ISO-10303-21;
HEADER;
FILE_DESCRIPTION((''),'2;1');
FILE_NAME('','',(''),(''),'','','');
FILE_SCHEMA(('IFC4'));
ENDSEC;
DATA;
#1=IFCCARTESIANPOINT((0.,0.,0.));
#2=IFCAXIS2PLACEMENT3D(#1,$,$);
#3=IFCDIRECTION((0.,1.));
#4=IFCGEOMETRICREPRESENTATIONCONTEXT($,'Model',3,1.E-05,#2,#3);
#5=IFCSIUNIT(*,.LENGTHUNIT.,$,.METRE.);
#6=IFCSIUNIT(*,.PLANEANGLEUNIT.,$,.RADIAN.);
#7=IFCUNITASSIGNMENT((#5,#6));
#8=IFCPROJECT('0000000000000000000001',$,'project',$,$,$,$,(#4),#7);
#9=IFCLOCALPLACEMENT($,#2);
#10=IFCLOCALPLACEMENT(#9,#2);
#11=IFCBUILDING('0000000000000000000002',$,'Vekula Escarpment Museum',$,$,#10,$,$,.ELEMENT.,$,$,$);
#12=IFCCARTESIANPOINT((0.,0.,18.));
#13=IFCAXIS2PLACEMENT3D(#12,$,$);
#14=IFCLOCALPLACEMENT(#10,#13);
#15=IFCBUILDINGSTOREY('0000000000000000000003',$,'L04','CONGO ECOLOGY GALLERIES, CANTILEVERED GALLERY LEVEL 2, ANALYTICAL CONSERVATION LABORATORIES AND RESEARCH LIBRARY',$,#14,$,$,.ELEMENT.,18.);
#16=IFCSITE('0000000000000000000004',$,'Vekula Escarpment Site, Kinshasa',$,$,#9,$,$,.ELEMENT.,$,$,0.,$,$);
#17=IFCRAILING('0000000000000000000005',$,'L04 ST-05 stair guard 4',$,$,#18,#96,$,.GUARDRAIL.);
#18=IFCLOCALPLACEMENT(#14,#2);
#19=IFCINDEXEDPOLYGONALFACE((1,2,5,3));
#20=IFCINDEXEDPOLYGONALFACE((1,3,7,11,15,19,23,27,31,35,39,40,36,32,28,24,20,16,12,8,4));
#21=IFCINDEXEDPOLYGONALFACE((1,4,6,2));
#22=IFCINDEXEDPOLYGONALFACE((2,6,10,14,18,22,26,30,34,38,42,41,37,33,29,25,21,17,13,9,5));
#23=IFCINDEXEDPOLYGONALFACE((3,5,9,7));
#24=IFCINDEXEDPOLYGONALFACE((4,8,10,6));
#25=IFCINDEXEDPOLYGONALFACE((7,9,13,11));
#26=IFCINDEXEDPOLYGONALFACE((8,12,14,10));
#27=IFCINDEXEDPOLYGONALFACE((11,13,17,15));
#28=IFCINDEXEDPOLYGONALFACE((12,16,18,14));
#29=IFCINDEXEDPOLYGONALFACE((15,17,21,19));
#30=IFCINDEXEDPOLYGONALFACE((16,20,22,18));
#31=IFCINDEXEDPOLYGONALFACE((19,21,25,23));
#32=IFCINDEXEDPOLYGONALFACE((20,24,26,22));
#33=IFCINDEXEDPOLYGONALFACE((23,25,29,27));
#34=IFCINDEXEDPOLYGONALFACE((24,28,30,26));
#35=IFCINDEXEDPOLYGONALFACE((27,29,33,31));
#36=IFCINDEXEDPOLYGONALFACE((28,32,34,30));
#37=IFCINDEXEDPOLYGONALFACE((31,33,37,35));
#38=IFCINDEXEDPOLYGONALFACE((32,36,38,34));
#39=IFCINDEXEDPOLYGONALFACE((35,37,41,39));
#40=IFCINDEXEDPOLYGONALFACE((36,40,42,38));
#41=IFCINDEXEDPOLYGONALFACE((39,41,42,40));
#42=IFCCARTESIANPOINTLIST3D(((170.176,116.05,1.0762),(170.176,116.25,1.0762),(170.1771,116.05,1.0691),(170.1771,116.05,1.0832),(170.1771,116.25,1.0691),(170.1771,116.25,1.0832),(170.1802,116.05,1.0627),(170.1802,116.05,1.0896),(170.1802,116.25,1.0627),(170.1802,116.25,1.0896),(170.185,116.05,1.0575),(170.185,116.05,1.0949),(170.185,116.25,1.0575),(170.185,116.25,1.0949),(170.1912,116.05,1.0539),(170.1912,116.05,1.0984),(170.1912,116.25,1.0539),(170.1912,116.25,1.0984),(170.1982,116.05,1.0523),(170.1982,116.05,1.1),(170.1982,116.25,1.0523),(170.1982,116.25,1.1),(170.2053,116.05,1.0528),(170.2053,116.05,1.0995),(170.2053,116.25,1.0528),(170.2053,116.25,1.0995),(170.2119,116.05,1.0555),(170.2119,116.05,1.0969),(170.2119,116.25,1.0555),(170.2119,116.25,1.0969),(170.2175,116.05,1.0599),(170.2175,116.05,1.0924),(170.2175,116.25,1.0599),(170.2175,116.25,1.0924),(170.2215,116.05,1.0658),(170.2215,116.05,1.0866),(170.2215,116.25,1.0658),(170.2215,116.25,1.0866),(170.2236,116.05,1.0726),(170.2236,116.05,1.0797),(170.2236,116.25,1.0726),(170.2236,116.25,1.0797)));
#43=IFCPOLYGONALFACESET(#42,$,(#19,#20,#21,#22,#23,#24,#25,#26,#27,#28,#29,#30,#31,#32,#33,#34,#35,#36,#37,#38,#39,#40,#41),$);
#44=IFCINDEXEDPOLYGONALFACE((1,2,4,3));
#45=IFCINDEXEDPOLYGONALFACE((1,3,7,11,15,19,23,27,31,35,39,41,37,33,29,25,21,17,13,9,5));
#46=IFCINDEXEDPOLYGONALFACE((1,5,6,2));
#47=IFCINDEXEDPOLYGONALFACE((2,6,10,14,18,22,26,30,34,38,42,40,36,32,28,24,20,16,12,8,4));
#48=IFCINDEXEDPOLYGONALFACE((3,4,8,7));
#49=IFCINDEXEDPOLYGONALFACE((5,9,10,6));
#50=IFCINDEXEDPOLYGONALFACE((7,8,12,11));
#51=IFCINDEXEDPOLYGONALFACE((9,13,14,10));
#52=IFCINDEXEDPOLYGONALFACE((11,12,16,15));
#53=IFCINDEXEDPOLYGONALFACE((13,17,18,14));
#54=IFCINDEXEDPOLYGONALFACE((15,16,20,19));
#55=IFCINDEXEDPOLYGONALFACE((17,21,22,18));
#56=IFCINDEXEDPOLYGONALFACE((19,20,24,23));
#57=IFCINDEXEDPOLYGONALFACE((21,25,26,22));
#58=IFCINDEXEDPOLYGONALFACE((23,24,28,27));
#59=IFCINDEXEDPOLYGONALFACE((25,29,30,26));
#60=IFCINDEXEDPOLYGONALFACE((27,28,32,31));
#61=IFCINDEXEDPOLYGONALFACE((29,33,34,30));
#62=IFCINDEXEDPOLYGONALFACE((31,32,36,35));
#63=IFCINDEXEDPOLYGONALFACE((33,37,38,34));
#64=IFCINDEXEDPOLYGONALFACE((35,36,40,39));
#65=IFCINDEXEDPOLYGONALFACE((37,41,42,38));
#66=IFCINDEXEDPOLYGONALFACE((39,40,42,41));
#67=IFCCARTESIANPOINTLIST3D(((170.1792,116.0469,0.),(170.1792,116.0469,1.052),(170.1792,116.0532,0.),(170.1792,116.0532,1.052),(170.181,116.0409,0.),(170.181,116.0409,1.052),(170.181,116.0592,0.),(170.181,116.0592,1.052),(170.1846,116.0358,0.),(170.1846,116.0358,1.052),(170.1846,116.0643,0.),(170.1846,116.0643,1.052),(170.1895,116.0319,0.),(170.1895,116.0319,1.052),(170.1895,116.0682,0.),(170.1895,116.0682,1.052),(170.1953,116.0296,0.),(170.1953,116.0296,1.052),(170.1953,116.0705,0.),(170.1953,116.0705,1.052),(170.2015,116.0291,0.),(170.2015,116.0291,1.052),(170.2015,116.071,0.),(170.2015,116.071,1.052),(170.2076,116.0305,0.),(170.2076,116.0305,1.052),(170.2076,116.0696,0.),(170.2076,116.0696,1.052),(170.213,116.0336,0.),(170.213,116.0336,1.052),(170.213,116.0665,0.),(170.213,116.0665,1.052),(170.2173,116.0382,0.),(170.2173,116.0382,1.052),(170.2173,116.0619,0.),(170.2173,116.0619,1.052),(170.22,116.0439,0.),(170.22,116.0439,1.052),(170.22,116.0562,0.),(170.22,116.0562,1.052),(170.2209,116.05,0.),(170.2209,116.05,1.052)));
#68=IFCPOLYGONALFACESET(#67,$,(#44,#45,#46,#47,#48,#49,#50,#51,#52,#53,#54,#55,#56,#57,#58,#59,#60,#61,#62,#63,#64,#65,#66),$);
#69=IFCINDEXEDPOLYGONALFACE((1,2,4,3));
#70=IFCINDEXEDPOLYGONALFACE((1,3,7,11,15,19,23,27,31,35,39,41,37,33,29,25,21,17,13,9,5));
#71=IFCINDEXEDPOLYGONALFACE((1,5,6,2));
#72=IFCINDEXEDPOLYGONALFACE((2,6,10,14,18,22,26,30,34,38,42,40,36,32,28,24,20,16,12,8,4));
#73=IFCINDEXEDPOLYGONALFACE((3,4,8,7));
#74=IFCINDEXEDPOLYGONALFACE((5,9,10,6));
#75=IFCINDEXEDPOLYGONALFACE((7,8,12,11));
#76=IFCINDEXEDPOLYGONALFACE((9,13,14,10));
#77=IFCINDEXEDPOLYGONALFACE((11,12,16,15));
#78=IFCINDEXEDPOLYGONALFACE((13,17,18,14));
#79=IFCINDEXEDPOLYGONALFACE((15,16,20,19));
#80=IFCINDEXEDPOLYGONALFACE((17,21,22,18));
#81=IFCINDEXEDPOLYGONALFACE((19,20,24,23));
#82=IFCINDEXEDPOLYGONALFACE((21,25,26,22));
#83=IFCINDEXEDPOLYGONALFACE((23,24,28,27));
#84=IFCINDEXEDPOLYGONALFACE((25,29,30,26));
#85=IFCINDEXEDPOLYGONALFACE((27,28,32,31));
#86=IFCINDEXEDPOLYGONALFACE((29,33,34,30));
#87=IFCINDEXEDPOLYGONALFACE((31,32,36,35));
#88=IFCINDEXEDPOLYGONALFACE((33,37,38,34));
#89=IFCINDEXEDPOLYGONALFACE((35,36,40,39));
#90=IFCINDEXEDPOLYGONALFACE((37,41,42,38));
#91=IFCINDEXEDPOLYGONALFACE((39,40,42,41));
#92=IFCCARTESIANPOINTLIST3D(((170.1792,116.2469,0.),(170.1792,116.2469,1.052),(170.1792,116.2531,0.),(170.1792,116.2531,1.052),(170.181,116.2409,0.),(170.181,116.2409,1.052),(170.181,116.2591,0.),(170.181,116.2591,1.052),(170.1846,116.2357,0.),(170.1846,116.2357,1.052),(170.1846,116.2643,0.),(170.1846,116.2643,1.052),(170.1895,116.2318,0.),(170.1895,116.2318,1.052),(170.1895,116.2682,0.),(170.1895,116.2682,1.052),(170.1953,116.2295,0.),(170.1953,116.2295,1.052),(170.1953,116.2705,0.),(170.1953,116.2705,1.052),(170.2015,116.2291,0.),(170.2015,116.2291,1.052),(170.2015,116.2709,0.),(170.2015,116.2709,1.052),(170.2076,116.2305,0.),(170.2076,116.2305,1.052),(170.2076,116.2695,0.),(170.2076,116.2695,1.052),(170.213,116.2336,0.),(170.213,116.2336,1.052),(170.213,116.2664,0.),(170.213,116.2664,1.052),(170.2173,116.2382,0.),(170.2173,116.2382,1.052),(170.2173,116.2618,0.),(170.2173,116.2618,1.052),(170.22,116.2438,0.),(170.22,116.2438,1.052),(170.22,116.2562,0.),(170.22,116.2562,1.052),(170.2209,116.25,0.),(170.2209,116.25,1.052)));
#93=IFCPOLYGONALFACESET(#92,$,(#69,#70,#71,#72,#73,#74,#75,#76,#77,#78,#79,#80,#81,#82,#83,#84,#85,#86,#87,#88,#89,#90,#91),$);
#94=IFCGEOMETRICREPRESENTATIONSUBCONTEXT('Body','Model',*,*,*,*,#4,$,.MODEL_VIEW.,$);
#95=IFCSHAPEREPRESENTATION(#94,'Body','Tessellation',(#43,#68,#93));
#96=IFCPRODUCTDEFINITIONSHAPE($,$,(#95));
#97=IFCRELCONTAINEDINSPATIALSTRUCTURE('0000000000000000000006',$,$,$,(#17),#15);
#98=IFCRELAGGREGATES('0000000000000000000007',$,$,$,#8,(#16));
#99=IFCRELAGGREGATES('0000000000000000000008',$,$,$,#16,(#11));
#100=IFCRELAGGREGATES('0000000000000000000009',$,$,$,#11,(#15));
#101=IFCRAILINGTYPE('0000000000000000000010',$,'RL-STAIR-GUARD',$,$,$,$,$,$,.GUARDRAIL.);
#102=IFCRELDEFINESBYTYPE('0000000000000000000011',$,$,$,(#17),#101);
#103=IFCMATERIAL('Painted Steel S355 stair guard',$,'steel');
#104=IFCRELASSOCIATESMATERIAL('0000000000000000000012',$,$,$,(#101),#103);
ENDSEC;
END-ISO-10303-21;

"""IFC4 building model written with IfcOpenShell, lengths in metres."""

from ifc_helpers import new_model, si_unit, direction, frame, origin, origin_2d, place, context, subcontext, project, spatial, circle, extrude, material, type_object, element, save


model = new_model("IFC4")

# Units and contexts
model_context = context("Model", 3, precision=1e-05, world=origin(), true_north=direction((0.0, 1.0)))
body_context = subcontext(model_context, "Body", "Model", "MODEL_VIEW")
ifc_project = project(units=[si_unit("LENGTHUNIT", "METRE"), si_unit("PLANEANGLEUNIT", "RADIAN")], contexts=[model_context])

# Site, building, storey
site_placement = place(None, origin())
site = spatial("IfcSite", under=ifc_project, at=site_placement, Name="Vekula Escarpment Site, Kinshasa", CompositionType="ELEMENT", RefElevation=0.0)
building_placement = place(site_placement, origin())
building = spatial("IfcBuilding", under=site, at=building_placement, Name="Vekula Escarpment Museum", CompositionType="ELEMENT")
storey_placement = place(building_placement, frame((0.0, 0.0, 18.0)))
storey = spatial("IfcBuildingStorey", under=building, at=storey_placement, Name="L04", Description="CONGO ECOLOGY GALLERIES, CANTILEVERED GALLERY LEVEL 2, ANALYTICAL CONSERVATION LABORATORIES AND RESEARCH LIBRARY", CompositionType="ELEMENT", Elevation=18.0)

# Railing
ifc_material_1 = material(Name="Painted Steel S355 stair guard", Category="steel")
railing_type = type_object("IfcRailingType", Name="RL-STAIR-GUARD", PredefinedType="GUARDRAIL", material=ifc_material_1)
railing_1_placement = place(storey_placement, frame((170.2, 116.05, 0.0)))
element("IfcRailing", 1, at=railing_1_placement, inside=storey, type_object=railing_type, Name="L04 ST-05 stair guard 4", PredefinedType="GUARDRAIL", context=body_context, shape_type="SweptSolid", body=[
    extrude(circle(Radius=0.0239, at=origin_2d()), frame((0.0, 0.0, 1.0762), z_axis=(0.0, 1.0, 0.0), x_axis=(-1.0, 0.0, 0.0)), (0.0, 0.0, 1.0), 0.2),
    extrude(circle(Radius=0.021, at=origin_2d()), origin(), (0.0, 0.0, 1.0), 1.052),
    extrude(circle(Radius=0.021, at=origin_2d()), frame((0.0, 0.2, 0.0)), (0.0, 0.0, 1.0), 1.052),
])

save(model, "model.ifc")
